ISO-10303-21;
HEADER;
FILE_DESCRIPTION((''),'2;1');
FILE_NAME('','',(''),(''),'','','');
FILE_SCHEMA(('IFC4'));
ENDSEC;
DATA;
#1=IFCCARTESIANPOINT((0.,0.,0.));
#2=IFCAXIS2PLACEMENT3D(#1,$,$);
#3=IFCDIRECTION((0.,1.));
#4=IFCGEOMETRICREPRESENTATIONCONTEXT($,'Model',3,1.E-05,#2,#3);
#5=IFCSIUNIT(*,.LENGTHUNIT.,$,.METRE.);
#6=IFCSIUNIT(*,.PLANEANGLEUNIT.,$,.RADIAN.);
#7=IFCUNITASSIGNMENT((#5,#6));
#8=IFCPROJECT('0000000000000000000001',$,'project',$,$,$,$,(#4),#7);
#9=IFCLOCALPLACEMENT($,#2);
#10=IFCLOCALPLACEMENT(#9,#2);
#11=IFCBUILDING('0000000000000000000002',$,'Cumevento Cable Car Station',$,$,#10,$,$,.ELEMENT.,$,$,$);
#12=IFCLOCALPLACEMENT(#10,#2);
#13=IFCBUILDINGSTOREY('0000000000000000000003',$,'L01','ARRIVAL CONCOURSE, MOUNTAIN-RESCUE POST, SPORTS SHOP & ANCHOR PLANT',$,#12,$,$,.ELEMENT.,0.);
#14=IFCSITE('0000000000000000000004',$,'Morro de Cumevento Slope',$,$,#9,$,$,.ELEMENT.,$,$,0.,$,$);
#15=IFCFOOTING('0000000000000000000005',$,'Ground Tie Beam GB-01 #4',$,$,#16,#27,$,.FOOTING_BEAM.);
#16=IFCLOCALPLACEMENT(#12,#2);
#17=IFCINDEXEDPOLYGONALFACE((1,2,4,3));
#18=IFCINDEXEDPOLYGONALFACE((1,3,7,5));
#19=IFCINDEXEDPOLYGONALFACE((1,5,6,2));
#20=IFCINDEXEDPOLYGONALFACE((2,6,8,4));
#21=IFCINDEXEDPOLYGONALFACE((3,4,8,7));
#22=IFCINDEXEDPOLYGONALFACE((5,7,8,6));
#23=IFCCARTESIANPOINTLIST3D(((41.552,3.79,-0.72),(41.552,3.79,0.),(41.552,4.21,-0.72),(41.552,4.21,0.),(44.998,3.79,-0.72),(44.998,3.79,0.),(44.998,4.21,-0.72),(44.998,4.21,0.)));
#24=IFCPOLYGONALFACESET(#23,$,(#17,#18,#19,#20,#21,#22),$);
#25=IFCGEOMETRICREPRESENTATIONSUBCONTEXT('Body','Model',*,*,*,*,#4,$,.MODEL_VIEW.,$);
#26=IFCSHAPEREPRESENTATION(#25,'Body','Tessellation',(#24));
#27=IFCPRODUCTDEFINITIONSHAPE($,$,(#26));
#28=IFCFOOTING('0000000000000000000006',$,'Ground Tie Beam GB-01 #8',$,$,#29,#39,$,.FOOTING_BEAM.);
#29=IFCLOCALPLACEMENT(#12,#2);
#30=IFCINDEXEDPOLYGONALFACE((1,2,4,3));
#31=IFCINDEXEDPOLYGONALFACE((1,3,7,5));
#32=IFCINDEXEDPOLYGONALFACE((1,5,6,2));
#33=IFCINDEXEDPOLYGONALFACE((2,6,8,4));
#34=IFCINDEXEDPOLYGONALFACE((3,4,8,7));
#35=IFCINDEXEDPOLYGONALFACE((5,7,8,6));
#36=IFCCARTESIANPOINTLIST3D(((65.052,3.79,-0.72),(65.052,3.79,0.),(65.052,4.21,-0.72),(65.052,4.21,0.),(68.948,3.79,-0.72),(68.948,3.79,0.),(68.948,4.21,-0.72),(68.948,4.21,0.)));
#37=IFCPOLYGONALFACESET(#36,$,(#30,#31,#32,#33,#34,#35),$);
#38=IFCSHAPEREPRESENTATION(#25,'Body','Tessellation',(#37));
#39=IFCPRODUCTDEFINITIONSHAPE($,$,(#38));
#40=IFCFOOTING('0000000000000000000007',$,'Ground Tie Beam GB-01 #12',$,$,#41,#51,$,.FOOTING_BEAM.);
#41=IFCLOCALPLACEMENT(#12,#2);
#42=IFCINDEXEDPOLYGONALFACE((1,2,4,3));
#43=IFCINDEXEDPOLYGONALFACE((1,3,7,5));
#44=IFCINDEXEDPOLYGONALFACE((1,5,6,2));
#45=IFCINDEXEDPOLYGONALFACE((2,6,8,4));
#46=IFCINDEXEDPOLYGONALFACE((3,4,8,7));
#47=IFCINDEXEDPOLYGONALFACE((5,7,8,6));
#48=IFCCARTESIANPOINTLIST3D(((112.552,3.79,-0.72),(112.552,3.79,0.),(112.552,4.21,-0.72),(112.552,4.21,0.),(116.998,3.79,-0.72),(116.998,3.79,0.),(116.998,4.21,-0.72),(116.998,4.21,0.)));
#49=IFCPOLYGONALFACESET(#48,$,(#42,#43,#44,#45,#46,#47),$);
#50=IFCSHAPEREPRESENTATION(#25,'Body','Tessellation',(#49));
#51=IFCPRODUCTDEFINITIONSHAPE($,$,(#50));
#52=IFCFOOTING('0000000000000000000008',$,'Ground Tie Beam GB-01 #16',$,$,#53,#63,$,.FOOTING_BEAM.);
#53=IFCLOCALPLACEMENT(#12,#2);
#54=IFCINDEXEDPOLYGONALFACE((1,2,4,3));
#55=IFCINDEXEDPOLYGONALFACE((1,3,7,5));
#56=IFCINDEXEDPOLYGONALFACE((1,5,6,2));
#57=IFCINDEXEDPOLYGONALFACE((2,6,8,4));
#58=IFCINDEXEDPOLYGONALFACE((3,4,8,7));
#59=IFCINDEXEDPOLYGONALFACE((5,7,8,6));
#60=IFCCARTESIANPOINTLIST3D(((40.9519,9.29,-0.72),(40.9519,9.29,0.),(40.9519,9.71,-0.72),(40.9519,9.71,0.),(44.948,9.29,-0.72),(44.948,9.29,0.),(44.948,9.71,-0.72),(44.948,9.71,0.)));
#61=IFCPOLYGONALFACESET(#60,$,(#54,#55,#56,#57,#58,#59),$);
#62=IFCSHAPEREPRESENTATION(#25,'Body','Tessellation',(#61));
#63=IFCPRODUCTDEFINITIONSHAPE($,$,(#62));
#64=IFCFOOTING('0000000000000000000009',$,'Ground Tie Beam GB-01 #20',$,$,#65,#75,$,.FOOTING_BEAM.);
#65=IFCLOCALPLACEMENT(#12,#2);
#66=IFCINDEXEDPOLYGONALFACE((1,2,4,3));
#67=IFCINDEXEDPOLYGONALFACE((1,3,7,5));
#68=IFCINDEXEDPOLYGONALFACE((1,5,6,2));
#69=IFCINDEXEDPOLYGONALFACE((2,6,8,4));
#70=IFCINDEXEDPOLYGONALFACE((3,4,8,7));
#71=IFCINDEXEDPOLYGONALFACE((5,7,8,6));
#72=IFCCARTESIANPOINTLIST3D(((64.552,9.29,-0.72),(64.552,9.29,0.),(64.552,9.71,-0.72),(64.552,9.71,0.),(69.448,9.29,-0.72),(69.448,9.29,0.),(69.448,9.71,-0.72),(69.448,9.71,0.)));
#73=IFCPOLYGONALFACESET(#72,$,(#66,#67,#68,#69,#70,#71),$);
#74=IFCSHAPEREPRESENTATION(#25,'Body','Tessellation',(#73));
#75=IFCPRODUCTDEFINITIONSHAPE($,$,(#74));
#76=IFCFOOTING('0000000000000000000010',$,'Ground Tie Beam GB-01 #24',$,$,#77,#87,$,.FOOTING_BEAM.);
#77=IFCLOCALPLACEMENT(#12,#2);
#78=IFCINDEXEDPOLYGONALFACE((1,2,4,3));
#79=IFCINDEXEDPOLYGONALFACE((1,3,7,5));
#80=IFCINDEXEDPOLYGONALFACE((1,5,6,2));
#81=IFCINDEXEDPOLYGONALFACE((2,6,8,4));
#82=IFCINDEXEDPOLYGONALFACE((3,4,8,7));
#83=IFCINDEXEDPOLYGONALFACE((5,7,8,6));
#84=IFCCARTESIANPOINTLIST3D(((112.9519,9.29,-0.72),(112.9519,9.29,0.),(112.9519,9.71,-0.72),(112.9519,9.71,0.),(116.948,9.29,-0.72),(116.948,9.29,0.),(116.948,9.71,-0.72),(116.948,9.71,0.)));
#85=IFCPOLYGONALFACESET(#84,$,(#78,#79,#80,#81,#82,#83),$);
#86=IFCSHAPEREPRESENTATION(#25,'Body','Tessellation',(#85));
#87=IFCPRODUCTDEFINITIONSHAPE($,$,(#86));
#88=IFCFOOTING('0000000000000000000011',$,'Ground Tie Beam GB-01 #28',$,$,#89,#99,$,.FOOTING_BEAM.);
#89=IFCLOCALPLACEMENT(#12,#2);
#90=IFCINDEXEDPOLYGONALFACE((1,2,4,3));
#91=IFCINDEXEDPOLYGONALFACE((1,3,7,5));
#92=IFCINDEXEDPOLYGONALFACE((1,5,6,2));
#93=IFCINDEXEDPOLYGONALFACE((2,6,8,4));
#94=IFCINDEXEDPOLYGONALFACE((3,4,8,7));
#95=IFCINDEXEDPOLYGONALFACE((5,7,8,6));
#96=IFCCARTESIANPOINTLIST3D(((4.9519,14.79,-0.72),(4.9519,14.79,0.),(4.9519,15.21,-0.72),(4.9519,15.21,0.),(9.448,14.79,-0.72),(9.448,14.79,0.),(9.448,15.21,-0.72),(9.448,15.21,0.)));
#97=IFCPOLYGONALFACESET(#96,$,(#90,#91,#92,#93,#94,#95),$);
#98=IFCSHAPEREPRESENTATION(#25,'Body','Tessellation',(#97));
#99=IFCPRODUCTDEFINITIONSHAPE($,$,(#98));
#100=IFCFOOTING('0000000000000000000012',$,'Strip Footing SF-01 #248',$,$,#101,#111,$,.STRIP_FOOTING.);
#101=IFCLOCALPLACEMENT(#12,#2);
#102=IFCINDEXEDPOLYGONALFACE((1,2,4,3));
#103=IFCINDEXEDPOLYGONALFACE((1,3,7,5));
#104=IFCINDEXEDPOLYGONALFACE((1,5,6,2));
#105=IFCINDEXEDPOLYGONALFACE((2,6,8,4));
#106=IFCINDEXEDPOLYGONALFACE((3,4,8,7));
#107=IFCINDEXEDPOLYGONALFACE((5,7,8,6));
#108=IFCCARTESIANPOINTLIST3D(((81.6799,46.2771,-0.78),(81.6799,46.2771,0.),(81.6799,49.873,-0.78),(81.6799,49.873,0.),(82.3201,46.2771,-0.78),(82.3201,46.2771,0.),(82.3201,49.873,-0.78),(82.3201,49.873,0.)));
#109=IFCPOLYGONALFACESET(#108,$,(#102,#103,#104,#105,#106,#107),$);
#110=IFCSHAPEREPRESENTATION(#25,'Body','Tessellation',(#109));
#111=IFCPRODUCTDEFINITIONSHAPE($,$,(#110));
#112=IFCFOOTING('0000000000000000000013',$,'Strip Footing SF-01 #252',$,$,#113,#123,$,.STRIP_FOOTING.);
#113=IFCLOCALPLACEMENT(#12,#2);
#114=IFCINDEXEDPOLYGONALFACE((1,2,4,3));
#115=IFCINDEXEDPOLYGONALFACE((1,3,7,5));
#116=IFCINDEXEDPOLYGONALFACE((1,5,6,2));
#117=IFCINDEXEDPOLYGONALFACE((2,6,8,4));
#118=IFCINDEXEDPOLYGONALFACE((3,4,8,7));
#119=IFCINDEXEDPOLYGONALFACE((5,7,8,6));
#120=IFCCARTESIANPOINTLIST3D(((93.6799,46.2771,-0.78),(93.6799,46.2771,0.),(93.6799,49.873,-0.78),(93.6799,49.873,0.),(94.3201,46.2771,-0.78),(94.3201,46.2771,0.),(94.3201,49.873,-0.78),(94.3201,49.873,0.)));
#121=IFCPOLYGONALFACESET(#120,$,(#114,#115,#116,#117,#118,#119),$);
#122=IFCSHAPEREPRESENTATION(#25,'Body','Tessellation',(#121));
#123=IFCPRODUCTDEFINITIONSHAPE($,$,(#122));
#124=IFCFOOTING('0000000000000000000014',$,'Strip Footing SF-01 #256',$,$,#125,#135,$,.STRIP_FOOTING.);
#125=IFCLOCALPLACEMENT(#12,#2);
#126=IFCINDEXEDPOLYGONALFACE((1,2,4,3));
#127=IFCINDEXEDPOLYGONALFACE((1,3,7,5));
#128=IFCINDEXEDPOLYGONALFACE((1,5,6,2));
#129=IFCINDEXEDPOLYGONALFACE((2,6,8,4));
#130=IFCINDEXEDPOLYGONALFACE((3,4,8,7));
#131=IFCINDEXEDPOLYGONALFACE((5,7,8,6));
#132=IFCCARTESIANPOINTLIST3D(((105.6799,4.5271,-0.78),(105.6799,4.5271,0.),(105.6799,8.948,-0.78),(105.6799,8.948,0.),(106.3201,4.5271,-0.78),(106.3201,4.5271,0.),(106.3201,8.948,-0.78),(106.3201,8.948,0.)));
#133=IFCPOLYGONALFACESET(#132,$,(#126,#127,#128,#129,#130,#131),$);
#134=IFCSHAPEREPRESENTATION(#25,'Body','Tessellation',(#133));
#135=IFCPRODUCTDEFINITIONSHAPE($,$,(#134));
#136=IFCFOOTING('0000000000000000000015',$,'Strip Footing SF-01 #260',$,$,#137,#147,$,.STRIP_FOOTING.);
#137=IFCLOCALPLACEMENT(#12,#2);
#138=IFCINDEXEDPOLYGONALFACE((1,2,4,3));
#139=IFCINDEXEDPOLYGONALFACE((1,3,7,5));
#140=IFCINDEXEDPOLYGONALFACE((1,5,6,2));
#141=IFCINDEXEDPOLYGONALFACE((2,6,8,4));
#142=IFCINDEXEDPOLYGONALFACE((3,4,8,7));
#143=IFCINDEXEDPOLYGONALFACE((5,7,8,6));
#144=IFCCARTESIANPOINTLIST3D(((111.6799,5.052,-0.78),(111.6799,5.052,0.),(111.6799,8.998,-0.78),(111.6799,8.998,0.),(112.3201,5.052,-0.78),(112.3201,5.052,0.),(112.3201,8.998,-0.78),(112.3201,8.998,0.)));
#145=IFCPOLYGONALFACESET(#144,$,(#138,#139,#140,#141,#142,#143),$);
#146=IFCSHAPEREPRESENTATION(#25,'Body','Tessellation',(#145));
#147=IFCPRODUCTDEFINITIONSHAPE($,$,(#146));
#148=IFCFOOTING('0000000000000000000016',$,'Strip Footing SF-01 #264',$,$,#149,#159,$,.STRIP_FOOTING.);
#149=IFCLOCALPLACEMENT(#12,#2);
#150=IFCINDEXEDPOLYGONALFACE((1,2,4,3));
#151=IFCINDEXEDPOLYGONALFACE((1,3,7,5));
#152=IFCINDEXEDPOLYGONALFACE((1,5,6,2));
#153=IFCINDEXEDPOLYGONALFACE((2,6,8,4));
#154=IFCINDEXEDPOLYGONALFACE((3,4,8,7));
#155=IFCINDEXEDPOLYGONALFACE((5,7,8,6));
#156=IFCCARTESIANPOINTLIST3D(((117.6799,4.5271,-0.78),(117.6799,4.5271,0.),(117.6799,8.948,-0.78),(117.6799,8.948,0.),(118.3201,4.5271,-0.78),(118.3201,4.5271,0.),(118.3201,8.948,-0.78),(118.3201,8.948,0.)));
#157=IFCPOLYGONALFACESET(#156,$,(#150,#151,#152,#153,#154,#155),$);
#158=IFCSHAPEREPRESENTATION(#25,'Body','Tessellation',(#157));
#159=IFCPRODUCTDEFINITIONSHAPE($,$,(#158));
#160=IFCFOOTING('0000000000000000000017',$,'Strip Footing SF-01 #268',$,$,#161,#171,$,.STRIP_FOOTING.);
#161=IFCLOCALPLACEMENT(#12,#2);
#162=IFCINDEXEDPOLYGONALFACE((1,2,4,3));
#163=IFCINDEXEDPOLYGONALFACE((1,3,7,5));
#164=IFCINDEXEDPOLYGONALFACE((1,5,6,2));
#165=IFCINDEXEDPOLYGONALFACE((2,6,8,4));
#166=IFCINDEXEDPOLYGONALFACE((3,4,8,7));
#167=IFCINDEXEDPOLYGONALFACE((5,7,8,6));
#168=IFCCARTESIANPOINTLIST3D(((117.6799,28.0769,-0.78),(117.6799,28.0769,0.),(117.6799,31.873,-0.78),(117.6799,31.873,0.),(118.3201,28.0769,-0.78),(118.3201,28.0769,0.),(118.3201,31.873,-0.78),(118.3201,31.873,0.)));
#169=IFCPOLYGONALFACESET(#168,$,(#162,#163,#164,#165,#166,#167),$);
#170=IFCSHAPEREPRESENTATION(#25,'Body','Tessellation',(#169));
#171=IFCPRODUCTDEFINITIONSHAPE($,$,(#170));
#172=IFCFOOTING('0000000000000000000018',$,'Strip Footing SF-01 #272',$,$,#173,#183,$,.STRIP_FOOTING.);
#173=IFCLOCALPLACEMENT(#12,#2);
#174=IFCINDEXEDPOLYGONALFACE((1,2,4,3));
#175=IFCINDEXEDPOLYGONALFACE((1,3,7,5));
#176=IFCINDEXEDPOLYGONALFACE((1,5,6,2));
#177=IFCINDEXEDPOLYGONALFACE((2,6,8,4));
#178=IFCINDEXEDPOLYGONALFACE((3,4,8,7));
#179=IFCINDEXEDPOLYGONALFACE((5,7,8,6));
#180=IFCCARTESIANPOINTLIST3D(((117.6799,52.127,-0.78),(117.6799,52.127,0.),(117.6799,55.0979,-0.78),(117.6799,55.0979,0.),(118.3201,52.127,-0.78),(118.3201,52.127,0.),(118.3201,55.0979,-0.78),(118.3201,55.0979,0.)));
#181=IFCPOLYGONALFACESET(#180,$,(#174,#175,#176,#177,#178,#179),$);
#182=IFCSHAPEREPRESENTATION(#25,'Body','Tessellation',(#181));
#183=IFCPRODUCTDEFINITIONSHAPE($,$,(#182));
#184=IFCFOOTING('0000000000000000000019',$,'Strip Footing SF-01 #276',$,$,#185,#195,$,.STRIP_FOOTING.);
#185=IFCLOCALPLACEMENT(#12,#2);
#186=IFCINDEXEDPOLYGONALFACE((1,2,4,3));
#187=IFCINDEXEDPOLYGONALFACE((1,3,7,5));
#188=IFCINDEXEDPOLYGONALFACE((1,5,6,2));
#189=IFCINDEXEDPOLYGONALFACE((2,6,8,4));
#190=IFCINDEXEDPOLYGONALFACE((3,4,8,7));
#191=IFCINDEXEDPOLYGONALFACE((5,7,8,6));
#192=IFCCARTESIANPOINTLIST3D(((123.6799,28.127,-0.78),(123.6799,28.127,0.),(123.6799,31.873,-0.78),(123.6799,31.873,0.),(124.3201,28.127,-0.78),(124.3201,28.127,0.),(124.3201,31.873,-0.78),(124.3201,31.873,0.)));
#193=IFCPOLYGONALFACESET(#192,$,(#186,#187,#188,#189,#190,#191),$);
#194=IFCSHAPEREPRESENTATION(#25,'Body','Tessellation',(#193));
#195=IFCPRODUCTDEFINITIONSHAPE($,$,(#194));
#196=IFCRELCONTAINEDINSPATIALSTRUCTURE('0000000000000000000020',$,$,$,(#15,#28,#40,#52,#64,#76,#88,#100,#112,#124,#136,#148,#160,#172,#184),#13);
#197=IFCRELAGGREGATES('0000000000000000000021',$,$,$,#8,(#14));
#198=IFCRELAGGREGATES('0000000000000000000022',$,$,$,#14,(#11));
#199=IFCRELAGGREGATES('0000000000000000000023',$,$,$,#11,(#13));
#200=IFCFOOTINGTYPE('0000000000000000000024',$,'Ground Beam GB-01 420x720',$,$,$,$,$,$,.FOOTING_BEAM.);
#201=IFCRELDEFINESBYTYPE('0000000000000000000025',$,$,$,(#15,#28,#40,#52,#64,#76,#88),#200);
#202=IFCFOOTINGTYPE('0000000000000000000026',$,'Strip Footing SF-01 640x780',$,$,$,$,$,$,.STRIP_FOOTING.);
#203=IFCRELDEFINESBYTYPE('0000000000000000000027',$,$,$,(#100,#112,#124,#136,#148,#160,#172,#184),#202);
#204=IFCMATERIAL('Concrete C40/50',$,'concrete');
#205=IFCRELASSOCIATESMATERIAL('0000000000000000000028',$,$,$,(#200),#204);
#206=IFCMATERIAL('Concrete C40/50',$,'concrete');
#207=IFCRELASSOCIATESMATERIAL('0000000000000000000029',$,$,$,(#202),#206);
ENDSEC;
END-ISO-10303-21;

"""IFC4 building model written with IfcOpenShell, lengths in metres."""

from ifc_helpers import new_model, si_unit, direction, frame, origin, place, context, subcontext, project, spatial, polyline, outline, extrude, material, type_object, element, save


model = new_model("IFC4")

# Units and contexts
model_context = context("Model", 3, precision=1e-05, world=origin(), true_north=direction((0.0, 1.0)))
body_context = subcontext(model_context, "Body", "Model", "MODEL_VIEW")
ifc_project = project(units=[si_unit("LENGTHUNIT", "METRE"), si_unit("PLANEANGLEUNIT", "RADIAN")], contexts=[model_context])

# Site, building, storey
site_placement = place(None, origin())
site = spatial("IfcSite", under=ifc_project, at=site_placement, Name="Morro de Cumevento Slope", CompositionType="ELEMENT", RefElevation=0.0)
building_placement = place(site_placement, origin())
building = spatial("IfcBuilding", under=site, at=building_placement, Name="Cumevento Cable Car Station", CompositionType="ELEMENT")
storey_placement = place(building_placement, origin())
storey = spatial("IfcBuildingStorey", under=building, at=storey_placement, Name="L01", Description="ARRIVAL CONCOURSE, MOUNTAIN-RESCUE POST, SPORTS SHOP & ANCHOR PLANT", CompositionType="ELEMENT", Elevation=0.0)

# Footings
ifc_material_1 = material(Name="Concrete C40/50", Category="concrete")
footing_type_1 = type_object("IfcFootingType", Name="Ground Beam GB-01 420x720", PredefinedType="FOOTING_BEAM", material=ifc_material_1)
footing_1_placement = place(storey_placement, frame((0.0, 0.0, -0.72)))
element("IfcFooting", 1, at=footing_1_placement, inside=storey, type_object=footing_type_1, Name="Ground Tie Beam GB-01 #4", PredefinedType="FOOTING_BEAM", context=body_context, shape_type="SweptSolid", body=[
    extrude(outline(polyline([(41.552, 3.79), (44.998, 3.79), (44.998, 4.21), (41.552, 4.21), (41.552, 3.79)])), origin(), (0.0, 0.0, 1.0), 0.72),
])
footing_2_placement = place(storey_placement, frame((0.0, 0.0, -0.72)))
element("IfcFooting", 2, at=footing_2_placement, inside=storey, type_object=footing_type_1, Name="Ground Tie Beam GB-01 #8", PredefinedType="FOOTING_BEAM", context=body_context, shape_type="SweptSolid", body=[
    extrude(outline(polyline([(65.052, 3.79), (68.948, 3.79), (68.948, 4.21), (65.052, 4.21), (65.052, 3.79)])), origin(), (0.0, 0.0, 1.0), 0.72),
])
footing_3_placement = place(storey_placement, frame((0.0, 0.0, -0.72)))
element("IfcFooting", 3, at=footing_3_placement, inside=storey, type_object=footing_type_1, Name="Ground Tie Beam GB-01 #12", PredefinedType="FOOTING_BEAM", context=body_context, shape_type="SweptSolid", body=[
    extrude(outline(polyline([(112.552, 3.79), (116.998, 3.79), (116.998, 4.21), (112.552, 4.21), (112.552, 3.79)])), origin(), (0.0, 0.0, 1.0), 0.72),
])
footing_4_placement = place(storey_placement, frame((0.0, 0.0, -0.72)))
element("IfcFooting", 4, at=footing_4_placement, inside=storey, type_object=footing_type_1, Name="Ground Tie Beam GB-01 #16", PredefinedType="FOOTING_BEAM", context=body_context, shape_type="SweptSolid", body=[
    extrude(outline(polyline([(40.9519, 9.29), (44.948, 9.29), (44.948, 9.71), (40.9519, 9.71), (40.9519, 9.29)])), origin(), (0.0, 0.0, 1.0), 0.72),
])
footing_5_placement = place(storey_placement, frame((0.0, 0.0, -0.72)))
element("IfcFooting", 5, at=footing_5_placement, inside=storey, type_object=footing_type_1, Name="Ground Tie Beam GB-01 #20", PredefinedType="FOOTING_BEAM", context=body_context, shape_type="SweptSolid", body=[
    extrude(outline(polyline([(64.552, 9.29), (69.448, 9.29), (69.448, 9.71), (64.552, 9.71), (64.552, 9.29)])), origin(), (0.0, 0.0, 1.0), 0.72),
])
footing_6_placement = place(storey_placement, frame((0.0, 0.0, -0.72)))
element("IfcFooting", 6, at=footing_6_placement, inside=storey, type_object=footing_type_1, Name="Ground Tie Beam GB-01 #24", PredefinedType="FOOTING_BEAM", context=body_context, shape_type="SweptSolid", body=[
    extrude(outline(polyline([(112.9519, 9.29), (116.948, 9.29), (116.948, 9.71), (112.9519, 9.71), (112.9519, 9.29)])), origin(), (0.0, 0.0, 1.0), 0.72),
])
footing_7_placement = place(storey_placement, frame((0.0, 0.0, -0.72)))
element("IfcFooting", 7, at=footing_7_placement, inside=storey, type_object=footing_type_1, Name="Ground Tie Beam GB-01 #28", PredefinedType="FOOTING_BEAM", context=body_context, shape_type="SweptSolid", body=[
    extrude(outline(polyline([(4.9519, 14.79), (9.448, 14.79), (9.448, 15.21), (4.9519, 15.21), (4.9519, 14.79)])), origin(), (0.0, 0.0, 1.0), 0.72),
])
ifc_material_2 = material(Name="Concrete C40/50", Category="concrete")
footing_type_2 = type_object("IfcFootingType", Name="Strip Footing SF-01 640x780", PredefinedType="STRIP_FOOTING", material=ifc_material_2)
footing_8_placement = place(storey_placement, frame((0.0, 0.0, -0.78)))
element("IfcFooting", 8, at=footing_8_placement, inside=storey, type_object=footing_type_2, Name="Strip Footing SF-01 #248", PredefinedType="STRIP_FOOTING", context=body_context, shape_type="SweptSolid", body=[
    extrude(outline(polyline([(81.6799, 46.2771), (82.3201, 46.2771), (82.3201, 49.873), (81.6799, 49.873), (81.6799, 46.2771)])), origin(), (0.0, 0.0, 1.0), 0.78),
])
footing_9_placement = place(storey_placement, frame((0.0, 0.0, -0.78)))
element("IfcFooting", 9, at=footing_9_placement, inside=storey, type_object=footing_type_2, Name="Strip Footing SF-01 #252", PredefinedType="STRIP_FOOTING", context=body_context, shape_type="SweptSolid", body=[
    extrude(outline(polyline([(93.6799, 46.2771), (94.3201, 46.2771), (94.3201, 49.873), (93.6799, 49.873), (93.6799, 46.2771)])), origin(), (0.0, 0.0, 1.0), 0.78),
])
footing_10_placement = place(storey_placement, frame((0.0, 0.0, -0.78)))
element("IfcFooting", 10, at=footing_10_placement, inside=storey, type_object=footing_type_2, Name="Strip Footing SF-01 #256", PredefinedType="STRIP_FOOTING", context=body_context, shape_type="SweptSolid", body=[
    extrude(outline(polyline([(105.6799, 4.5271), (106.3201, 4.5271), (106.3201, 8.948), (105.6799, 8.948), (105.6799, 4.5271)])), origin(), (0.0, 0.0, 1.0), 0.78),
])
footing_11_placement = place(storey_placement, frame((0.0, 0.0, -0.78)))
element("IfcFooting", 11, at=footing_11_placement, inside=storey, type_object=footing_type_2, Name="Strip Footing SF-01 #260", PredefinedType="STRIP_FOOTING", context=body_context, shape_type="SweptSolid", body=[
    extrude(outline(polyline([(111.6799, 5.052), (112.3201, 5.052), (112.3201, 8.998), (111.6799, 8.998), (111.6799, 5.052)])), origin(), (0.0, 0.0, 1.0), 0.78),
])
footing_12_placement = place(storey_placement, frame((0.0, 0.0, -0.78)))
element("IfcFooting", 12, at=footing_12_placement, inside=storey, type_object=footing_type_2, Name="Strip Footing SF-01 #264", PredefinedType="STRIP_FOOTING", context=body_context, shape_type="SweptSolid", body=[
    extrude(outline(polyline([(117.6799, 4.5271), (118.3201, 4.5271), (118.3201, 8.948), (117.6799, 8.948), (117.6799, 4.5271)])), origin(), (0.0, 0.0, 1.0), 0.78),
])
footing_13_placement = place(storey_placement, frame((0.0, 0.0, -0.78)))
element("IfcFooting", 13, at=footing_13_placement, inside=storey, type_object=footing_type_2, Name="Strip Footing SF-01 #268", PredefinedType="STRIP_FOOTING", context=body_context, shape_type="SweptSolid", body=[
    extrude(outline(polyline([(117.6799, 28.0769), (118.3201, 28.0769), (118.3201, 31.873), (117.6799, 31.873), (117.6799, 28.0769)])), origin(), (0.0, 0.0, 1.0), 0.78),
])
footing_14_placement = place(storey_placement, frame((0.0, 0.0, -0.78)))
element("IfcFooting", 14, at=footing_14_placement, inside=storey, type_object=footing_type_2, Name="Strip Footing SF-01 #272", PredefinedType="STRIP_FOOTING", context=body_context, shape_type="SweptSolid", body=[
    extrude(outline(polyline([(117.6799, 52.127), (118.3201, 52.127), (118.3201, 55.0979), (117.6799, 55.0979), (117.6799, 52.127)])), origin(), (0.0, 0.0, 1.0), 0.78),
])
footing_15_placement = place(storey_placement, frame((0.0, 0.0, -0.78)))
element("IfcFooting", 15, at=footing_15_placement, inside=storey, type_object=footing_type_2, Name="Strip Footing SF-01 #276", PredefinedType="STRIP_FOOTING", context=body_context, shape_type="SweptSolid", body=[
    extrude(outline(polyline([(123.6799, 28.127), (124.3201, 28.127), (124.3201, 31.873), (123.6799, 31.873), (123.6799, 28.127)])), origin(), (0.0, 0.0, 1.0), 0.78),
])

save(model, "model.ifc")
